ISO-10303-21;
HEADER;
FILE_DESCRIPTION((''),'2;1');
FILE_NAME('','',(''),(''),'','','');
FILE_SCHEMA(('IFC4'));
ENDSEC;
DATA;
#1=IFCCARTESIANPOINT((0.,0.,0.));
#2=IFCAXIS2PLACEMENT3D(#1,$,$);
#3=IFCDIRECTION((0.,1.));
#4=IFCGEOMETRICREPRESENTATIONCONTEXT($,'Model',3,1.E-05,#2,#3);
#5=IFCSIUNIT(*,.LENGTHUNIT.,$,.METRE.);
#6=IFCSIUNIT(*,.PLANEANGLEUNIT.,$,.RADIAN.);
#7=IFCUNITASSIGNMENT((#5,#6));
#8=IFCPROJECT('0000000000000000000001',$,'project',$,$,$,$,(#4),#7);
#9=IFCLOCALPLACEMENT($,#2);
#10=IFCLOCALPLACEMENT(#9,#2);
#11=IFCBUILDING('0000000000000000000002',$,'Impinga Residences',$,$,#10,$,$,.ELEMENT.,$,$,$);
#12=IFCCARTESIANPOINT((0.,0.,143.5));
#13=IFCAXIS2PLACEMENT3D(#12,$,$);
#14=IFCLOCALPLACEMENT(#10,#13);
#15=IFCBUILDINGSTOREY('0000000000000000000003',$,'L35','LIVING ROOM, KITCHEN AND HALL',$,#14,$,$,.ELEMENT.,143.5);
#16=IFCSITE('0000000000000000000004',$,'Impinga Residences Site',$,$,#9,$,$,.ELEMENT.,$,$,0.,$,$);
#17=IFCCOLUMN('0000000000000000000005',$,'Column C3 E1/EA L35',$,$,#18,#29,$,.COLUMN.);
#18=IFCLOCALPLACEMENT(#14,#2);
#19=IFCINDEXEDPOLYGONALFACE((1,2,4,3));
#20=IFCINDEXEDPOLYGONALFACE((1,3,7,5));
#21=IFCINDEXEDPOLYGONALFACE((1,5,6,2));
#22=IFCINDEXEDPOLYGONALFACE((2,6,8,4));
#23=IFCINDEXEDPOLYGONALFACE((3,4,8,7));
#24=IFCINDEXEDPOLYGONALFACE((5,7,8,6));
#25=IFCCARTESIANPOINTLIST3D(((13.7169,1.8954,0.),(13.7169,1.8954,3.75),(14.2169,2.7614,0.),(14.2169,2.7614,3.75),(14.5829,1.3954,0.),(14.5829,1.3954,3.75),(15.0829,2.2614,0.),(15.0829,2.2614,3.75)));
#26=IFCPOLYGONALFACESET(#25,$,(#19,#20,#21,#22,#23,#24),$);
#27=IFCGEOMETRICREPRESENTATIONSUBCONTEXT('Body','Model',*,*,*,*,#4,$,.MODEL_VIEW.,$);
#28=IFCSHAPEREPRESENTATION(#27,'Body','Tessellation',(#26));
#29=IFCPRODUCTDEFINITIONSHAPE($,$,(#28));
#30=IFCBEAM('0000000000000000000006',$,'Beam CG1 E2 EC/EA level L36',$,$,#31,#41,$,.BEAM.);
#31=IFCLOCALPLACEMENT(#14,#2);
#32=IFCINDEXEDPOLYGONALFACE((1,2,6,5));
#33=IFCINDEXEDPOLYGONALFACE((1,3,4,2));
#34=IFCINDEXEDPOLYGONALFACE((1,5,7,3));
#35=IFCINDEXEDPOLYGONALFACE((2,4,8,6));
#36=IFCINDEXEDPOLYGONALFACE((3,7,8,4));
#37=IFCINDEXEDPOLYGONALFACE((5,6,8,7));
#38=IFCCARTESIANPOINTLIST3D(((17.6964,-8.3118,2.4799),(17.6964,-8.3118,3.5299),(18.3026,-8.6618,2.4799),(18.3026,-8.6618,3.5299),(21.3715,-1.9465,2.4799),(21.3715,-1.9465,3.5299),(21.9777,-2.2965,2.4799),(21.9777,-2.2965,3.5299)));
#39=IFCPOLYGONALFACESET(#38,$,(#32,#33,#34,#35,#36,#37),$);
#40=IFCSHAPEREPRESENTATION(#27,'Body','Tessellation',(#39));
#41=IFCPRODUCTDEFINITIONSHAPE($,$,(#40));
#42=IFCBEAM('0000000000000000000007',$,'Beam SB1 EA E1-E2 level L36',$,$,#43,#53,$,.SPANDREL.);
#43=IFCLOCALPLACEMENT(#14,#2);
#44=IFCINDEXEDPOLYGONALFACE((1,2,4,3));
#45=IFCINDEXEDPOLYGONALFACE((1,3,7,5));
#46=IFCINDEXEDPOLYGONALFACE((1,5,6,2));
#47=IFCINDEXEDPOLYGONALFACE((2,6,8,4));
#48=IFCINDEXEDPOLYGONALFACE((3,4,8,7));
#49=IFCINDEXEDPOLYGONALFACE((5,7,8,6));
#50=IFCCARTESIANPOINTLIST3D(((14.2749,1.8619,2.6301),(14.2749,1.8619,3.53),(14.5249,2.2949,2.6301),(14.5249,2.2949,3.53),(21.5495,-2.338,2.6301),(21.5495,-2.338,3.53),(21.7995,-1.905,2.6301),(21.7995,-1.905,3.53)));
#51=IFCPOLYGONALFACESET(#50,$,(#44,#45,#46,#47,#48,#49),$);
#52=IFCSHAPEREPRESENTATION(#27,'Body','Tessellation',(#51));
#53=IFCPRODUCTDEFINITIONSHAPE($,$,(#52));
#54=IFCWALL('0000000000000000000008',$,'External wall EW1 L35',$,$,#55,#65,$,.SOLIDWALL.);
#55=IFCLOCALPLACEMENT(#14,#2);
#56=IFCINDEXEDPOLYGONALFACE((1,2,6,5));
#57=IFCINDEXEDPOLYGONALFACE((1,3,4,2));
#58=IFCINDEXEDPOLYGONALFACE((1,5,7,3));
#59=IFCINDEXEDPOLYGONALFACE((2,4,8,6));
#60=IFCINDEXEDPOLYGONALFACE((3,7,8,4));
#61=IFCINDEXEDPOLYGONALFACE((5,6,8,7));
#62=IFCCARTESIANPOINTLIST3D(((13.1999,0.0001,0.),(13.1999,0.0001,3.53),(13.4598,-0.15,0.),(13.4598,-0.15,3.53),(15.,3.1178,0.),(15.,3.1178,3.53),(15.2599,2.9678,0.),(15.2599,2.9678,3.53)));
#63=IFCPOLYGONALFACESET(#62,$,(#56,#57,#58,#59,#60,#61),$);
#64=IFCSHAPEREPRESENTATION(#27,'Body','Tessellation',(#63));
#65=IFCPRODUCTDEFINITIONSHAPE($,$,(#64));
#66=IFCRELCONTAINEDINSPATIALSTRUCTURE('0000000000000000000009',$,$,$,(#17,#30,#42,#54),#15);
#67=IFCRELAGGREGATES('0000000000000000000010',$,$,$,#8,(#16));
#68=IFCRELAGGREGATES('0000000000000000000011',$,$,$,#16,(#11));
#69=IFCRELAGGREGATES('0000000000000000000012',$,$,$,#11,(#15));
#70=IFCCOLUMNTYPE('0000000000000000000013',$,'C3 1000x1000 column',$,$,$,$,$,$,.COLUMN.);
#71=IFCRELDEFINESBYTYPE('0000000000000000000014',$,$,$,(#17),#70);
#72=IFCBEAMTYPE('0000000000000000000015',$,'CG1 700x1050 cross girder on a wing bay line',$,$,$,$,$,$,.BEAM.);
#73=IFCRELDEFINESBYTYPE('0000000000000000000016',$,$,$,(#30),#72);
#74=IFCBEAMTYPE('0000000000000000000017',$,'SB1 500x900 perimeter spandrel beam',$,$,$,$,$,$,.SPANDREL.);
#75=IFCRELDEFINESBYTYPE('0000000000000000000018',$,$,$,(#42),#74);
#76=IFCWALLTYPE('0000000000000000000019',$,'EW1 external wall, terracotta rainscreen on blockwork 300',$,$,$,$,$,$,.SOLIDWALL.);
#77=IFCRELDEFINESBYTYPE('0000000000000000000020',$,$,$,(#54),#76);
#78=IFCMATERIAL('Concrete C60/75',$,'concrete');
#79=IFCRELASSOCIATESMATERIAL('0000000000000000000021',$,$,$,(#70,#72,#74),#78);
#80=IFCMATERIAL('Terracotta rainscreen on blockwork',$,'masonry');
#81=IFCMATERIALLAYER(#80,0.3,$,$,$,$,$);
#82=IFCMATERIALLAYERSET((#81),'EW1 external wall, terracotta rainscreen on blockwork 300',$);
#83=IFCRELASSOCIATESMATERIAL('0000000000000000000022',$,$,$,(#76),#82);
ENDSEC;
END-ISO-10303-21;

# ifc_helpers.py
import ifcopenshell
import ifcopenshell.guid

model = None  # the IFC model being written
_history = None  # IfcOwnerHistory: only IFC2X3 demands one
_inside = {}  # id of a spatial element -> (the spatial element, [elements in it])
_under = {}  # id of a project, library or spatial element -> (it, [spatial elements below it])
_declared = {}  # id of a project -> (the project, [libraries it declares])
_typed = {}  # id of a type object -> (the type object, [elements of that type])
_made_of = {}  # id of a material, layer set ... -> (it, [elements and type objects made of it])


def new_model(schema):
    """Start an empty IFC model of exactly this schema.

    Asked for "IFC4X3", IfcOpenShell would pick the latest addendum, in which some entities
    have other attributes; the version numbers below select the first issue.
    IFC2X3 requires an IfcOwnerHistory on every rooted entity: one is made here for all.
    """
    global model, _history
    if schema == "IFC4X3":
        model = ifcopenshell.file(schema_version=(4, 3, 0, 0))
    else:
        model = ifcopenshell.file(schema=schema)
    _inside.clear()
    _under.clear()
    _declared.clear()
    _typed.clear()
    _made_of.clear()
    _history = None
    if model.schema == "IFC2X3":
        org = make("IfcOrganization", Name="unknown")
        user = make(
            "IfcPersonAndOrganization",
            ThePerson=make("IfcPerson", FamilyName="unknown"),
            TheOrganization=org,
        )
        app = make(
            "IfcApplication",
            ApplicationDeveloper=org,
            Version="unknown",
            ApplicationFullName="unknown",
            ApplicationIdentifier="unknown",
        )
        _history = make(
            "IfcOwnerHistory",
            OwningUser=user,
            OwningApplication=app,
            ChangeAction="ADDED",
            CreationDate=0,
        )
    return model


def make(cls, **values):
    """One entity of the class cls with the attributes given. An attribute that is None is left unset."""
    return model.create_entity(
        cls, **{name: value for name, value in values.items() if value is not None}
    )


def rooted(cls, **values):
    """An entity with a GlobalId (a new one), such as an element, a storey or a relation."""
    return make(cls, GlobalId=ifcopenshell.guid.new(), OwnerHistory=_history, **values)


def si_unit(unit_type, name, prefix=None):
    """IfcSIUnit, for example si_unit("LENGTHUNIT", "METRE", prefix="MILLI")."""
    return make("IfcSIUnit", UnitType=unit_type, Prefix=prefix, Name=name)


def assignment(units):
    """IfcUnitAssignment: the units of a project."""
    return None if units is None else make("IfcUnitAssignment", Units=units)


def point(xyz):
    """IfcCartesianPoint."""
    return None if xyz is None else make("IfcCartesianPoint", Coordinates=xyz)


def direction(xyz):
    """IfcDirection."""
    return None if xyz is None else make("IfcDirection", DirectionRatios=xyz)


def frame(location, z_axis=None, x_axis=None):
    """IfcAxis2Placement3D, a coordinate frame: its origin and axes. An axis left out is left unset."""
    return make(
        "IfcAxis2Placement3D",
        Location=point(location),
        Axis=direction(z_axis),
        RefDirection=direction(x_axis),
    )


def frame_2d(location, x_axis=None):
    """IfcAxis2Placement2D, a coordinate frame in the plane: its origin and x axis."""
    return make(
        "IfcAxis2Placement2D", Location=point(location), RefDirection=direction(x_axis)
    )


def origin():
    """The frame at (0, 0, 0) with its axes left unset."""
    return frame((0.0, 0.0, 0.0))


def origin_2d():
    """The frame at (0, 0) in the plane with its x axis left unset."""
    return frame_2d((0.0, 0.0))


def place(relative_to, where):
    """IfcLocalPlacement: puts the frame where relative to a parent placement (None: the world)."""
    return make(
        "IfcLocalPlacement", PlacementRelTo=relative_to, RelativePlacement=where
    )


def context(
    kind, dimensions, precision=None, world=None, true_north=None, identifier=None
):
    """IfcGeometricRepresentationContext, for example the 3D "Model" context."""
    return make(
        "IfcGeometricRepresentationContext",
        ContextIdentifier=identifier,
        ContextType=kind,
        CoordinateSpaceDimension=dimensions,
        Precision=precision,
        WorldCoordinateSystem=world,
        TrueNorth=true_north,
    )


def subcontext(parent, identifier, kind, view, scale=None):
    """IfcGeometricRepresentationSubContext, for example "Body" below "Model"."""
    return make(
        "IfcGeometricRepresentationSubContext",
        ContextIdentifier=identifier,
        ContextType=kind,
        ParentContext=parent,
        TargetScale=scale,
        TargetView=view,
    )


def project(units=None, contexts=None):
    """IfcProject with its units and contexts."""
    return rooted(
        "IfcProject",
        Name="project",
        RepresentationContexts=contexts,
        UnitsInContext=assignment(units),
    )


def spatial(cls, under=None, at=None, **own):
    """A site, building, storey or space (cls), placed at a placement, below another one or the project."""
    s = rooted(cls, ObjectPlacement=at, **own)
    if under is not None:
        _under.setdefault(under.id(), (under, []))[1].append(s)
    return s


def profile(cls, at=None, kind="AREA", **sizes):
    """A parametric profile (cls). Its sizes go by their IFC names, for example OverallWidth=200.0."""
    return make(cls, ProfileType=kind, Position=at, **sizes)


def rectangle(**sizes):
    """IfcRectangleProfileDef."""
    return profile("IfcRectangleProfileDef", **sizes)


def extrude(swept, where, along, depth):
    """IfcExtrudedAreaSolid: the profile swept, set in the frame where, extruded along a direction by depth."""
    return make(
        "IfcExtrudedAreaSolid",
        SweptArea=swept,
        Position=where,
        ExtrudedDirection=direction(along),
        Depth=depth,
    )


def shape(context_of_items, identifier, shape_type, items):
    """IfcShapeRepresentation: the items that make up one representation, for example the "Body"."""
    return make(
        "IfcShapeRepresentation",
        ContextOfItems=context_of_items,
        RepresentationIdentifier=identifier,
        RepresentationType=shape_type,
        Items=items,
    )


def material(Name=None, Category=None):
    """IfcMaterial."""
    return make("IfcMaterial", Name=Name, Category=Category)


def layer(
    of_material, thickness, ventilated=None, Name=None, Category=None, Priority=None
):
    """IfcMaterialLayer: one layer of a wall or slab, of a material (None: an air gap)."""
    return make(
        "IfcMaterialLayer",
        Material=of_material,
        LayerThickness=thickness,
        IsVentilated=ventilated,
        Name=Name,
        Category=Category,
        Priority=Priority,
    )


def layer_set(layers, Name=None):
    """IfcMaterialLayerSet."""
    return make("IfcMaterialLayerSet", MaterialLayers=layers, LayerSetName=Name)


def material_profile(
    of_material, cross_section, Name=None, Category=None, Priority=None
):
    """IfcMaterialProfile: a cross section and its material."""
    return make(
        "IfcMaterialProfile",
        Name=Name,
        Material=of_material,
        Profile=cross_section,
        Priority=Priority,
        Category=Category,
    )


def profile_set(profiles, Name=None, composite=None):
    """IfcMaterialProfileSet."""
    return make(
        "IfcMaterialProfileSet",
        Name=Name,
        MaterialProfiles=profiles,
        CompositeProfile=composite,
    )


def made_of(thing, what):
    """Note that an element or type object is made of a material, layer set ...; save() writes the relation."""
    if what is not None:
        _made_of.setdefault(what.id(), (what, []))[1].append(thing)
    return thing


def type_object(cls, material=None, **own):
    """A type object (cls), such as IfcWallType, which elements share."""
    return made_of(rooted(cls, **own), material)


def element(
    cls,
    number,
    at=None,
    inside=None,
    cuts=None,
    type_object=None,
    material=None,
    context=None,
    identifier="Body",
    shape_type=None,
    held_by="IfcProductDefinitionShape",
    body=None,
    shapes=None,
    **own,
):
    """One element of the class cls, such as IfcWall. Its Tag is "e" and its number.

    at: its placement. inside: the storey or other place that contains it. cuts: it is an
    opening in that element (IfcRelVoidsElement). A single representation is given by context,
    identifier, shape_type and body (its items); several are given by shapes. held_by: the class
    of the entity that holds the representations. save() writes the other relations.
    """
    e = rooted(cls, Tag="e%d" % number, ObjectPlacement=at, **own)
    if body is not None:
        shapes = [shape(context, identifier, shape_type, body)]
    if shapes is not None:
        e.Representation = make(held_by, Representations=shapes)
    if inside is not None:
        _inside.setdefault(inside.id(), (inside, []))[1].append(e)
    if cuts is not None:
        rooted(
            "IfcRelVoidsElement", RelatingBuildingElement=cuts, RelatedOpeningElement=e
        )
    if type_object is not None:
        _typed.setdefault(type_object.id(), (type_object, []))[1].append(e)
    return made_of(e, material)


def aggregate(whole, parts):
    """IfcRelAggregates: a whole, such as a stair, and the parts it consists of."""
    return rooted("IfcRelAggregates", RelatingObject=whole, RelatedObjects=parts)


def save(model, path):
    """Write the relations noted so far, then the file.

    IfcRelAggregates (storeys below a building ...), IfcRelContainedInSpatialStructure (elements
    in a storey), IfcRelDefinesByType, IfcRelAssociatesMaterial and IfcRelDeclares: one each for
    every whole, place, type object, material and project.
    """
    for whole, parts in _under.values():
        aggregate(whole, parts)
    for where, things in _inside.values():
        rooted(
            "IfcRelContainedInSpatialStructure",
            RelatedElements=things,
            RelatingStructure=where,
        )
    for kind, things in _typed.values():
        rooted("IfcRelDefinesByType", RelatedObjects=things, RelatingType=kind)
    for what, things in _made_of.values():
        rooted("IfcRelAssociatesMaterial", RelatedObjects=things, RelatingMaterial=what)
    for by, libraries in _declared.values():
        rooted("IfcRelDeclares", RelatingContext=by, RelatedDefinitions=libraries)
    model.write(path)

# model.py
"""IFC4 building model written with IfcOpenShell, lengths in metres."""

from ifc_helpers import new_model, si_unit, direction, frame, frame_2d, origin, origin_2d, place, context, subcontext, project, spatial, rectangle, extrude, material, layer, layer_set, material_profile, profile_set, type_object, element, save


model = new_model("IFC4")

# Units and contexts
model_context = context("Model", 3, precision=1e-05, world=origin(), true_north=direction((0.0, 1.0)))
body_context = subcontext(model_context, "Body", "Model", "MODEL_VIEW")
ifc_project = project(units=[si_unit("LENGTHUNIT", "METRE"), si_unit("PLANEANGLEUNIT", "RADIAN")], contexts=[model_context])

# Site, building, storey
site_placement = place(None, origin())
site = spatial("IfcSite", under=ifc_project, at=site_placement, Name="Impinga Residences Site", CompositionType="ELEMENT", RefElevation=0.0)
building_placement = place(site_placement, origin())
building = spatial("IfcBuilding", under=site, at=building_placement, Name="Impinga Residences", CompositionType="ELEMENT")
storey_placement = place(building_placement, frame((0.0, 0.0, 143.5)))
storey = spatial("IfcBuildingStorey", under=building, at=storey_placement, Name="L35", Description="LIVING ROOM, KITCHEN AND HALL", CompositionType="ELEMENT", Elevation=143.5)

# Column
ifc_material_1 = material(Name="Concrete C60/75", Category="concrete")
ifc_material_profile_1 = material_profile(ifc_material_1, rectangle(XDim=1.0, YDim=1.0, at=origin_2d()), Name="RC 1000x1000")
ifc_profile_set_1 = profile_set([ifc_material_profile_1], Name="Concrete C60/75")
column_type = type_object("IfcColumnType", Name="C3 1000x1000 column", PredefinedType="COLUMN", material=ifc_profile_set_1)
column_placement = place(storey_placement, frame((14.3999, 2.0784, 0.0), z_axis=(0.0, 0.0, 1.0), x_axis=(-0.5, -0.866025, 0.0)))
element("IfcColumn", 1, at=column_placement, inside=storey, type_object=column_type, Name="Column C3 E1/EA L35", PredefinedType="COLUMN", context=body_context, shape_type="SweptSolid", body=[
    extrude(rectangle(XDim=1.0, YDim=1.0, at=origin_2d()), origin(), (0.0, 0.0, 1.0), 3.75),
])

# Beams
ifc_material_profile_2 = material_profile(ifc_material_1, rectangle(XDim=0.7, YDim=1.05, at=origin_2d()), Name="RC 700x1050")
ifc_profile_set_2 = profile_set([ifc_material_profile_2], Name="Concrete C60/75")
beam_type_1 = type_object("IfcBeamType", Name="CG1 700x1050 cross girder on a wing bay line", PredefinedType="BEAM", material=ifc_profile_set_2)
beam_1_placement = place(storey_placement, frame((17.9995, -8.4868, 3.0049), z_axis=(0.500008, 0.866021, 0.0), x_axis=(-0.866021, 0.500008, 0.0)))
element("IfcBeam", 2, at=beam_1_placement, inside=storey, type_object=beam_type_1, Name="Beam CG1 E2 EC/EA level L36", PredefinedType="BEAM", context=body_context, shape_type="SweptSolid", body=[
    extrude(rectangle(XDim=0.7, YDim=1.05, at=origin_2d()), origin(), (0.0, 0.0, 1.0), 7.3501),
])
ifc_material_profile_3 = material_profile(ifc_material_1, rectangle(XDim=0.5, YDim=0.8999, at=origin_2d()), Name="RC 500x900")
ifc_profile_set_3 = profile_set([ifc_material_profile_3], Name="Concrete C60/75")
beam_type_2 = type_object("IfcBeamType", Name="SB1 500x900 perimeter spandrel beam", PredefinedType="SPANDREL", material=ifc_profile_set_3)
beam_2_placement = place(storey_placement, frame((14.3999, 2.0784, 3.0801), z_axis=(0.866029, -0.499993, 0.0), x_axis=(0.499993, 0.866029, 0.0)))
element("IfcBeam", 3, at=beam_2_placement, inside=storey, type_object=beam_type_2, Name="Beam SB1 EA E1-E2 level L36", PredefinedType="SPANDREL", context=body_context, shape_type="SweptSolid", body=[
    extrude(rectangle(XDim=0.5, YDim=0.8999, at=origin_2d()), origin(), (0.0, 0.0, 1.0), 8.3999),
])

# Wall
ifc_material_2 = material(Name="Terracotta rainscreen on blockwork", Category="masonry")
ifc_layer_1 = layer(ifc_material_2, 0.3)
ifc_layer_set_1 = layer_set([ifc_layer_1], Name="EW1 external wall, terracotta rainscreen on blockwork 300")
wall_type_1 = type_object("IfcWallType", Name="EW1 external wall, terracotta rainscreen on blockwork 300", PredefinedType="SOLIDWALL", material=ifc_layer_set_1)
wall_1_placement = place(storey_placement, frame((13.3298, -0.075, 0.0), z_axis=(0.0, 0.0, 1.0), x_axis=(0.500012, 0.866018, 0.0)))
element("IfcWall", 4, at=wall_1_placement, inside=storey, type_object=wall_type_1, Name="External wall EW1 L35", PredefinedType="SOLIDWALL", context=body_context, shape_type="SweptSolid", body=[
    extrude(rectangle(XDim=3.6001, YDim=0.3, at=frame_2d((1.8, 0.0))), origin(), (0.0, 0.0, 1.0), 3.53),
])

save(model, "model.ifc")
